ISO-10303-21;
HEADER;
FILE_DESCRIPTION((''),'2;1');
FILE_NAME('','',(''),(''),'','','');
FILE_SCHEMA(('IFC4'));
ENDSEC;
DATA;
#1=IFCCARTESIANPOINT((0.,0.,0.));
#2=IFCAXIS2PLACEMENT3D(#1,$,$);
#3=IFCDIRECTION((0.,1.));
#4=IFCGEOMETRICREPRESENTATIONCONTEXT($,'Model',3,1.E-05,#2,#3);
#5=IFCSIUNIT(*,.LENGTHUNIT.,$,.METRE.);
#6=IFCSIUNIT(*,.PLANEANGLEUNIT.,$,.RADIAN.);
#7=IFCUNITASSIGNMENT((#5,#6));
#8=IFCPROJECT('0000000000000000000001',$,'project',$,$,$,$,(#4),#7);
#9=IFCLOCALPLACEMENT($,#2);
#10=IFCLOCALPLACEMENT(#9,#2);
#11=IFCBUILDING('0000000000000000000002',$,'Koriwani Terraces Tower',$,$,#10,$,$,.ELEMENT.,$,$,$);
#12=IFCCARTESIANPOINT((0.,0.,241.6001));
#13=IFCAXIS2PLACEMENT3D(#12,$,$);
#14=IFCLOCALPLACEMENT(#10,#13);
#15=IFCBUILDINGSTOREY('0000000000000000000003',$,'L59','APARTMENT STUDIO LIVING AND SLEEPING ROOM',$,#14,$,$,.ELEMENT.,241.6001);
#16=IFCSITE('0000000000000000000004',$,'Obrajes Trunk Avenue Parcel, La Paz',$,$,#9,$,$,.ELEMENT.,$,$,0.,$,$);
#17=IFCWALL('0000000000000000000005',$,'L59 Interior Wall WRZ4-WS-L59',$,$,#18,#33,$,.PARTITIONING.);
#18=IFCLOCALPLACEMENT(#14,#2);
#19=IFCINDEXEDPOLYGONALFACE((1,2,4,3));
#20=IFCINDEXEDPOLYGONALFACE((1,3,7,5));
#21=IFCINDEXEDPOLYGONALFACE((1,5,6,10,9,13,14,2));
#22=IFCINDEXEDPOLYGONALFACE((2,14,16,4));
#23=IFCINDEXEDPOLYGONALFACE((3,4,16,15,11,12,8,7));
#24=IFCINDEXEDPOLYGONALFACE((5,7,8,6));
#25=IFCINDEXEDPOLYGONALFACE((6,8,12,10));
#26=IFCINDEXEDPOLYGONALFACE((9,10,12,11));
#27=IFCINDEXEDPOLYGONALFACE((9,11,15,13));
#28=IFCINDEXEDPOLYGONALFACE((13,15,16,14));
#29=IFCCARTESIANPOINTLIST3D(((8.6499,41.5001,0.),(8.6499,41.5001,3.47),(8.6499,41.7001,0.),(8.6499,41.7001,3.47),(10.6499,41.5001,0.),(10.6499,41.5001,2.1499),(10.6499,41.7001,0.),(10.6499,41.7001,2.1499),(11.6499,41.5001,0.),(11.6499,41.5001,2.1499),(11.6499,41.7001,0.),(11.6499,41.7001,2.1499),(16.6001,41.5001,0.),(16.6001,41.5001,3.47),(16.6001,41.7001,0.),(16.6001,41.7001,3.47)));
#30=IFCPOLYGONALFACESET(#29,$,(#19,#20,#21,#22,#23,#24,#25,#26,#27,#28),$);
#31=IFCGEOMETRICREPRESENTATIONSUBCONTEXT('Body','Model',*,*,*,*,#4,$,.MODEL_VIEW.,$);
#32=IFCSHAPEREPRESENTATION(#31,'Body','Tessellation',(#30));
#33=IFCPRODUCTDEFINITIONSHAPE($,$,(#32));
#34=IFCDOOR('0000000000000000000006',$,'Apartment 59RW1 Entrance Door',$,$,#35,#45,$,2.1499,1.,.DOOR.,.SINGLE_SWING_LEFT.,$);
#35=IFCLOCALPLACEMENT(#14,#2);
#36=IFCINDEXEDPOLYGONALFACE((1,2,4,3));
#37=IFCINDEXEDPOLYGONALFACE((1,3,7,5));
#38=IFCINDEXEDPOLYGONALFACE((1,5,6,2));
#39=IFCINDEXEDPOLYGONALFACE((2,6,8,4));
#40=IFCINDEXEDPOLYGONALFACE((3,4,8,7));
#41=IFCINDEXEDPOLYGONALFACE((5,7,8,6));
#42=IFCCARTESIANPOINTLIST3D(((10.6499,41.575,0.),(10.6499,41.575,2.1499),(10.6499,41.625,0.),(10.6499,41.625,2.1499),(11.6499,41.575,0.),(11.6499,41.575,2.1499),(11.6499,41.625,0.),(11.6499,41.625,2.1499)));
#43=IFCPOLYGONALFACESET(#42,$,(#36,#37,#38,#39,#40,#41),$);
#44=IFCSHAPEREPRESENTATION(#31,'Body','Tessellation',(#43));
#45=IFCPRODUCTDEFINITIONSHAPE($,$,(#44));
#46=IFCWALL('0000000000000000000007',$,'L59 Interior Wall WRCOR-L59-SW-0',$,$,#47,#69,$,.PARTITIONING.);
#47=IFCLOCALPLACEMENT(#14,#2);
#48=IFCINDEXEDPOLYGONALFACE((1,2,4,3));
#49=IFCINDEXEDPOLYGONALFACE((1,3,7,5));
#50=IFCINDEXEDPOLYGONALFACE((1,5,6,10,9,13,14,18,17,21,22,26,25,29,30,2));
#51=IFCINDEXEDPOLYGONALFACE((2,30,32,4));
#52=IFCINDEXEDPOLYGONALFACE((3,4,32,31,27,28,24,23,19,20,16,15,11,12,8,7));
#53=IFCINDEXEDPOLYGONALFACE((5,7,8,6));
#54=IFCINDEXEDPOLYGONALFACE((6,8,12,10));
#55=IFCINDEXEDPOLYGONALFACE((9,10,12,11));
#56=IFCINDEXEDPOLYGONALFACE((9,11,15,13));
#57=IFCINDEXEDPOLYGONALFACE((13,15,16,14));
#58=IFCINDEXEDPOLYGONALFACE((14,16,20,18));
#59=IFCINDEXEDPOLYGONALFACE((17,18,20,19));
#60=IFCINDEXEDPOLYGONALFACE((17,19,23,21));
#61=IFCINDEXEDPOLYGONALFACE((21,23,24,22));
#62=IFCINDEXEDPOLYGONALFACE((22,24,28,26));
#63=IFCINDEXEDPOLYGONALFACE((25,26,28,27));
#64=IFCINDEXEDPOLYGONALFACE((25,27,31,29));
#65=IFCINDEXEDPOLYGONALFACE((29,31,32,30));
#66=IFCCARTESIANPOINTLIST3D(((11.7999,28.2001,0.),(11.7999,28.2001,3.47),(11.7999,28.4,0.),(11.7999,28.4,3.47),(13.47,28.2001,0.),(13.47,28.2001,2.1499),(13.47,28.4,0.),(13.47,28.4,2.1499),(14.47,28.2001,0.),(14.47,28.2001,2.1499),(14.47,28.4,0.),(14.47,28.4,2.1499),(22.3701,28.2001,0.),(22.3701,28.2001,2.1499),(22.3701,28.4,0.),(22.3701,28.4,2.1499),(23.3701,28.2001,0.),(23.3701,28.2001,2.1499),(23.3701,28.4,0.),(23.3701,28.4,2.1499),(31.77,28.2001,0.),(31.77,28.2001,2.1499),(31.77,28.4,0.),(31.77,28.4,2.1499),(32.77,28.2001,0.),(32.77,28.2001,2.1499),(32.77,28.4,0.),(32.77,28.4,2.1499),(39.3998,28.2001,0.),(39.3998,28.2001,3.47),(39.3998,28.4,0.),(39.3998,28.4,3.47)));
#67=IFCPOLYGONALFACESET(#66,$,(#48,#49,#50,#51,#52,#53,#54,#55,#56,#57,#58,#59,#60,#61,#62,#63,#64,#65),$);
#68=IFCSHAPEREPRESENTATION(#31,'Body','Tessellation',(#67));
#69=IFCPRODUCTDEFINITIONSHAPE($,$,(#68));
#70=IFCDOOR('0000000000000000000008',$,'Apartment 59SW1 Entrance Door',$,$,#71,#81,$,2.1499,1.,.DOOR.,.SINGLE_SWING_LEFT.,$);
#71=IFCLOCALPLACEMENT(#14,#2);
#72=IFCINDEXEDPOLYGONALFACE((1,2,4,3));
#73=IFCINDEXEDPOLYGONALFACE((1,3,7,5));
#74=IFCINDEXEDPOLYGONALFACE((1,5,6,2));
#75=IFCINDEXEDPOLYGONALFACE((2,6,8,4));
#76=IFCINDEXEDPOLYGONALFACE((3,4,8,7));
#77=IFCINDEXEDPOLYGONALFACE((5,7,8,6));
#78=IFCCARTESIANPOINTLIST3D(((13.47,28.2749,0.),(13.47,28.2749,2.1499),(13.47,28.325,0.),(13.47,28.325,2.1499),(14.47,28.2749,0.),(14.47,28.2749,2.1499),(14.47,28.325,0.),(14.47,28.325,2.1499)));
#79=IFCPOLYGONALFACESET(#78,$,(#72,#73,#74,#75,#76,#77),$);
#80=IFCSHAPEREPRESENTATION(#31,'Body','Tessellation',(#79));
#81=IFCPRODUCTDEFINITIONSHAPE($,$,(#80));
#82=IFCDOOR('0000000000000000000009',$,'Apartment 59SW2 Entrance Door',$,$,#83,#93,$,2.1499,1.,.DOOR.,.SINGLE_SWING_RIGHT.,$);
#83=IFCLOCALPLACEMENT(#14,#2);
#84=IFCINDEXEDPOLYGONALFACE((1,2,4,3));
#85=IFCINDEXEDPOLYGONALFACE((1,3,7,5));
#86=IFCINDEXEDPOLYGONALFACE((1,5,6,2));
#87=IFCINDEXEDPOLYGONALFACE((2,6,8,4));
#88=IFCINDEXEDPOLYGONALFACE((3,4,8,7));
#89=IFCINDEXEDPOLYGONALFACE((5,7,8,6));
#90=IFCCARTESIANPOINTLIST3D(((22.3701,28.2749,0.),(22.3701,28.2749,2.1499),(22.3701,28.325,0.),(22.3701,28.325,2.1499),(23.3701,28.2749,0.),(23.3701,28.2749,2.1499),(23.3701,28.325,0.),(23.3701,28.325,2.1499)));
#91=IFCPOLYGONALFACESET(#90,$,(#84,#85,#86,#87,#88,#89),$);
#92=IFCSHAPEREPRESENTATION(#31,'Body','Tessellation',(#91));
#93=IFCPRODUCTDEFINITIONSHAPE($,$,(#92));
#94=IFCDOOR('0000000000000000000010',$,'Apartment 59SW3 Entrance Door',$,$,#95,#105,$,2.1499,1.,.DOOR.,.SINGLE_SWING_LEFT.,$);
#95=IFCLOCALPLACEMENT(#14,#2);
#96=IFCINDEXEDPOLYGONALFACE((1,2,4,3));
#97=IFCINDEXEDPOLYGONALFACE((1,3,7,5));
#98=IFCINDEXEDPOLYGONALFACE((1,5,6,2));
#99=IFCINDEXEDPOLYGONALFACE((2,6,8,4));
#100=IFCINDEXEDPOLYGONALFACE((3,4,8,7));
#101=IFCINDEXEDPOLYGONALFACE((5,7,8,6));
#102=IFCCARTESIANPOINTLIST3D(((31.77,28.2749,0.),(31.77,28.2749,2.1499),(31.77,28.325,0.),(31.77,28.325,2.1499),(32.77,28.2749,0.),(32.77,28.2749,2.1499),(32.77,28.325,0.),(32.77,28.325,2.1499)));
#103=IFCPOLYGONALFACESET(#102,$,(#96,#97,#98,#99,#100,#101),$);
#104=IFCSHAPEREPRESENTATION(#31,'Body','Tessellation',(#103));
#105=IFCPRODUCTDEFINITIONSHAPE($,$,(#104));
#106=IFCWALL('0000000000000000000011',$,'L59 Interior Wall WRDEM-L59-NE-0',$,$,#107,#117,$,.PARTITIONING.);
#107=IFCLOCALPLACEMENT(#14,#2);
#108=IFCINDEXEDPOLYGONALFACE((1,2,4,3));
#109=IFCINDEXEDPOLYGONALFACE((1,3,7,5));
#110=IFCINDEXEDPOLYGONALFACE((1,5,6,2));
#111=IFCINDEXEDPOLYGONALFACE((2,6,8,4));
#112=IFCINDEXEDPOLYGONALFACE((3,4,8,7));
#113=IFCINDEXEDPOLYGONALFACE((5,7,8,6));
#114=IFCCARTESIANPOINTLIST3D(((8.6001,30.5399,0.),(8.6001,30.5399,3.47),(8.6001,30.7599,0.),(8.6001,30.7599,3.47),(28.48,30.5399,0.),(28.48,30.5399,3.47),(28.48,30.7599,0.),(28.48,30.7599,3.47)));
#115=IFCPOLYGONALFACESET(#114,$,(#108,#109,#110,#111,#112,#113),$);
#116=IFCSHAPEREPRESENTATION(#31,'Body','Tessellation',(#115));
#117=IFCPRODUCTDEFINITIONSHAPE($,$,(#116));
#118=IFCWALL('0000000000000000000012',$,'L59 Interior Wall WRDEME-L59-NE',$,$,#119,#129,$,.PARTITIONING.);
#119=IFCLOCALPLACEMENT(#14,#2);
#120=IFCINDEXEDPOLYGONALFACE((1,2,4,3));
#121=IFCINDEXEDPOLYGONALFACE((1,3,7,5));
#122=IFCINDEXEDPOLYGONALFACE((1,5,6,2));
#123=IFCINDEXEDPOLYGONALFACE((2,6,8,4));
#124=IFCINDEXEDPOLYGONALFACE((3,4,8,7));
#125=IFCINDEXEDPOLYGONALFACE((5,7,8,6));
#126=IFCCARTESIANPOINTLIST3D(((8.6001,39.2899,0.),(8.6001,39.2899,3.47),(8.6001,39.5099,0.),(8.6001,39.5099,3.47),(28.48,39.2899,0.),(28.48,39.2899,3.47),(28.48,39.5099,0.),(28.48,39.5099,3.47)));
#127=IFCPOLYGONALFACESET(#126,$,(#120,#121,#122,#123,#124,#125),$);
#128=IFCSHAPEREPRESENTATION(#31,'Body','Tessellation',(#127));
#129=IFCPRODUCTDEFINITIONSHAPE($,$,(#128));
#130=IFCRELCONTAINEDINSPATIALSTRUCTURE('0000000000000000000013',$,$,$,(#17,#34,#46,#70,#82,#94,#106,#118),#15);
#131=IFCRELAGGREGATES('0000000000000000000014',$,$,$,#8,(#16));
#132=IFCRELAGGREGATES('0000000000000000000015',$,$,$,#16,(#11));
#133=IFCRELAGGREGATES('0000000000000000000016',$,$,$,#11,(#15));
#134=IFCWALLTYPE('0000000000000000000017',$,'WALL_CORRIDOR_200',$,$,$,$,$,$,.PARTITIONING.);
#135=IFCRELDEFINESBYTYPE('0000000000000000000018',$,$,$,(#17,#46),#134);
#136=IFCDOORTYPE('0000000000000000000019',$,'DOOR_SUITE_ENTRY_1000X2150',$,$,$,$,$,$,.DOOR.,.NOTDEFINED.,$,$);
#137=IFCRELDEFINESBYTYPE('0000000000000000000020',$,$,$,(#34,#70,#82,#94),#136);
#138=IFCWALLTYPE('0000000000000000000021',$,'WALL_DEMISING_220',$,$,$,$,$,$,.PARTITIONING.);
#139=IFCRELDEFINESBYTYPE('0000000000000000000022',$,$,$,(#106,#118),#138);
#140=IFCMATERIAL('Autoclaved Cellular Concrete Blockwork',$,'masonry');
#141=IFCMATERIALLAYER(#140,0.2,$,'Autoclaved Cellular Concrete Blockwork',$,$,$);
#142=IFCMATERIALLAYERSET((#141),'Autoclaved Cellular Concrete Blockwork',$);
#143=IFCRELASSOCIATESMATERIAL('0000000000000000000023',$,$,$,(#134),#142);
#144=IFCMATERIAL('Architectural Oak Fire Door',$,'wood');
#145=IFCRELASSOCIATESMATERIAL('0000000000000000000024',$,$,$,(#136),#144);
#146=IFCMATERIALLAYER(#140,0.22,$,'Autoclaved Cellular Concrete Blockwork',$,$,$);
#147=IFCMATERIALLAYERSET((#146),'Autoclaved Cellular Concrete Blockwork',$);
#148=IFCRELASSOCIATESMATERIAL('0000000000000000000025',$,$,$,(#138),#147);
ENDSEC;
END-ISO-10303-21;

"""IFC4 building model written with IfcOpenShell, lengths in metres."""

from ifc_helpers import new_model, si_unit, direction, frame, frame_2d, origin, place, context, subcontext, project, spatial, rectangle, extrude, material, layer, layer_set, type_object, element, fill, save


model = new_model("IFC4")

# Units and contexts
model_context = context("Model", 3, precision=1e-05, world=origin(), true_north=direction((0.0, 1.0)))
body_context = subcontext(model_context, "Body", "Model", "MODEL_VIEW")
ifc_project = project(units=[si_unit("LENGTHUNIT", "METRE"), si_unit("PLANEANGLEUNIT", "RADIAN")], contexts=[model_context])

# Site, building, storey
site_placement = place(None, origin())
site = spatial("IfcSite", under=ifc_project, at=site_placement, Name="Obrajes Trunk Avenue Parcel, La Paz", CompositionType="ELEMENT", RefElevation=0.0)
building_placement = place(site_placement, origin())
building = spatial("IfcBuilding", under=site, at=building_placement, Name="Koriwani Terraces Tower", CompositionType="ELEMENT")
storey_placement = place(building_placement, frame((0.0, 0.0, 241.6001)))
storey = spatial("IfcBuildingStorey", under=building, at=storey_placement, Name="L59", Description="APARTMENT STUDIO LIVING AND SLEEPING ROOM", CompositionType="ELEMENT", Elevation=241.6001)

# Wall, opening, door
ifc_material_1 = material(Name="Autoclaved Cellular Concrete Blockwork", Category="masonry")
ifc_layer_1 = layer(ifc_material_1, 0.2, Name="Autoclaved Cellular Concrete Blockwork")
ifc_layer_set_1 = layer_set([ifc_layer_1], Name="Autoclaved Cellular Concrete Blockwork")
wall_type_1 = type_object("IfcWallType", Name="WALL_CORRIDOR_200", PredefinedType="PARTITIONING", material=ifc_layer_set_1)
wall_1_placement = place(storey_placement, frame((8.6499, 41.6001, 0.0), z_axis=(0.0, 0.0, 1.0), x_axis=(1.0, 0.0, 0.0)))
wall_1 = element("IfcWall", 1, at=wall_1_placement, inside=storey, type_object=wall_type_1, Name="L59 Interior Wall WRZ4-WS-L59", PredefinedType="PARTITIONING", context=body_context, shape_type="SweptSolid", body=[
    extrude(rectangle(XDim=7.9502, YDim=0.2, at=frame_2d((3.9751, 0.0))), origin(), (0.0, 0.0, 1.0), 3.47),
])
opening_1_placement = place(wall_1_placement, frame((2.0, 0.0, 0.0)))
opening_1 = element("IfcOpeningElement", 2, at=opening_1_placement, cuts=wall_1, PredefinedType="OPENING", context=body_context, shape_type="SweptSolid", body=[
    extrude(rectangle(XDim=1.0, YDim=2.1499, at=frame_2d((0.5, 1.075))), frame((0.0, 0.1099, 0.0), z_axis=(0.0, -1.0, 0.0), x_axis=(1.0, 0.0, 0.0)), (0.0, 0.0, 1.0), 0.22),
])
ifc_material_2 = material(Name="Architectural Oak Fire Door", Category="wood")
door_type_1 = type_object("IfcDoorType", Name="DOOR_SUITE_ENTRY_1000X2150", OperationType="NOTDEFINED", PredefinedType="DOOR", material=ifc_material_2)
door_1_placement = place(opening_1_placement, origin())
door_1 = element("IfcDoor", 3, at=door_1_placement, inside=storey, type_object=door_type_1, Name="Apartment 59RW1 Entrance Door", OperationType="SINGLE_SWING_LEFT", OverallHeight=2.1499, OverallWidth=1.0, PredefinedType="DOOR", context=body_context, shape_type="SweptSolid", body=[
    extrude(rectangle(XDim=1.0, YDim=2.1499, at=frame_2d((0.5, 1.075))), frame((0.0, 0.0249, 0.0), z_axis=(0.0, -1.0, 0.0), x_axis=(1.0, 0.0, 0.0)), (0.0, 0.0, 1.0), 0.05),
])
fill(opening_1, door_1)

# Wall, openings, doors
wall_2_placement = place(storey_placement, frame((11.8, 28.3, 0.0), z_axis=(0.0, 0.0, 1.0), x_axis=(1.0, 0.0, 0.0)))
wall_2 = element("IfcWall", 4, at=wall_2_placement, inside=storey, type_object=wall_type_1, Name="L59 Interior Wall WRCOR-L59-SW-0", PredefinedType="PARTITIONING", context=body_context, shape_type="SweptSolid", body=[
    extrude(rectangle(XDim=27.5999, YDim=0.2, at=frame_2d((13.7998, 0.0))), origin(), (0.0, 0.0, 1.0), 3.47),
])
opening_2_placement = place(wall_2_placement, frame((1.6699, 0.0, 0.0)))
opening_2 = element("IfcOpeningElement", 5, at=opening_2_placement, cuts=wall_2, PredefinedType="OPENING", context=body_context, shape_type="SweptSolid", body=[
    extrude(rectangle(XDim=1.0, YDim=2.1499, at=frame_2d((0.5, 1.075))), frame((0.0, 0.1099, 0.0), z_axis=(0.0, -1.0, 0.0), x_axis=(1.0, 0.0, 0.0)), (0.0, 0.0, 1.0), 0.22),
])
opening_3_placement = place(wall_2_placement, frame((10.5701, 0.0, 0.0)))
opening_3 = element("IfcOpeningElement", 6, at=opening_3_placement, cuts=wall_2, PredefinedType="OPENING", context=body_context, shape_type="SweptSolid", body=[
    extrude(rectangle(XDim=1.0, YDim=2.1499, at=frame_2d((0.5, 1.075))), frame((0.0, 0.1099, 0.0), z_axis=(0.0, -1.0, 0.0), x_axis=(1.0, 0.0, 0.0)), (0.0, 0.0, 1.0), 0.22),
])
opening_4_placement = place(wall_2_placement, frame((19.97, 0.0, 0.0)))
opening_4 = element("IfcOpeningElement", 7, at=opening_4_placement, cuts=wall_2, PredefinedType="OPENING", context=body_context, shape_type="SweptSolid", body=[
    extrude(rectangle(XDim=1.0, YDim=2.1499, at=frame_2d((0.5, 1.075))), frame((0.0, 0.1099, 0.0), z_axis=(0.0, -1.0, 0.0), x_axis=(1.0, 0.0, 0.0)), (0.0, 0.0, 1.0), 0.22),
])
door_2_placement = place(opening_2_placement, origin())
door_2 = element("IfcDoor", 8, at=door_2_placement, inside=storey, type_object=door_type_1, Name="Apartment 59SW1 Entrance Door", OperationType="SINGLE_SWING_LEFT", OverallHeight=2.1499, OverallWidth=1.0, PredefinedType="DOOR", context=body_context, shape_type="SweptSolid", body=[
    extrude(rectangle(XDim=1.0, YDim=2.1499, at=frame_2d((0.5, 1.075))), frame((0.0, 0.0249, 0.0), z_axis=(0.0, -1.0, 0.0), x_axis=(1.0, 0.0, 0.0)), (0.0, 0.0, 1.0), 0.05),
])
fill(opening_2, door_2)
door_3_placement = place(opening_3_placement, origin())
door_3 = element("IfcDoor", 9, at=door_3_placement, inside=storey, type_object=door_type_1, Name="Apartment 59SW2 Entrance Door", OperationType="SINGLE_SWING_RIGHT", OverallHeight=2.1499, OverallWidth=1.0, PredefinedType="DOOR", context=body_context, shape_type="SweptSolid", body=[
    extrude(rectangle(XDim=1.0, YDim=2.1499, at=frame_2d((0.5, 1.075))), frame((0.0, 0.0249, 0.0), z_axis=(0.0, -1.0, 0.0), x_axis=(1.0, 0.0, 0.0)), (0.0, 0.0, 1.0), 0.05),
])
fill(opening_3, door_3)
door_4_placement = place(opening_4_placement, origin())
door_4 = element("IfcDoor", 10, at=door_4_placement, inside=storey, type_object=door_type_1, Name="Apartment 59SW3 Entrance Door", OperationType="SINGLE_SWING_LEFT", OverallHeight=2.1499, OverallWidth=1.0, PredefinedType="DOOR", context=body_context, shape_type="SweptSolid", body=[
    extrude(rectangle(XDim=1.0, YDim=2.1499, at=frame_2d((0.5, 1.075))), frame((0.0, 0.0249, 0.0), z_axis=(0.0, -1.0, 0.0), x_axis=(1.0, 0.0, 0.0)), (0.0, 0.0, 1.0), 0.05),
])
fill(opening_4, door_4)

# Walls
ifc_layer_2 = layer(ifc_material_1, 0.22, Name="Autoclaved Cellular Concrete Blockwork")
ifc_layer_set_2 = layer_set([ifc_layer_2], Name="Autoclaved Cellular Concrete Blockwork")
wall_type_2 = type_object("IfcWallType", Name="WALL_DEMISING_220", PredefinedType="PARTITIONING", material=ifc_layer_set_2)
for number, where, z_axis, x_axis, name in (
    (11, (8.6001, 30.6499, 0.0), (0.0, 0.0, 1.0), (1.0, 0.0, 0.0), "L59 Interior Wall WRDEM-L59-NE-0"),
    (12, (8.6001, 39.3999, 0.0), (0.0, 0.0, 1.0), (1.0, 0.0, 0.0), "L59 Interior Wall WRDEME-L59-NE"),
):
    element("IfcWall", number, at=place(storey_placement, frame(where, z_axis=z_axis, x_axis=x_axis)), inside=storey, type_object=wall_type_2, Name=name, PredefinedType="PARTITIONING", context=body_context, shape_type="SweptSolid", body=[
        extrude(rectangle(XDim=19.8799, YDim=0.22, at=frame_2d((9.9399, 0.0))), origin(), (0.0, 0.0, 1.0), 3.47),
    ])

save(model, "model.ifc")
